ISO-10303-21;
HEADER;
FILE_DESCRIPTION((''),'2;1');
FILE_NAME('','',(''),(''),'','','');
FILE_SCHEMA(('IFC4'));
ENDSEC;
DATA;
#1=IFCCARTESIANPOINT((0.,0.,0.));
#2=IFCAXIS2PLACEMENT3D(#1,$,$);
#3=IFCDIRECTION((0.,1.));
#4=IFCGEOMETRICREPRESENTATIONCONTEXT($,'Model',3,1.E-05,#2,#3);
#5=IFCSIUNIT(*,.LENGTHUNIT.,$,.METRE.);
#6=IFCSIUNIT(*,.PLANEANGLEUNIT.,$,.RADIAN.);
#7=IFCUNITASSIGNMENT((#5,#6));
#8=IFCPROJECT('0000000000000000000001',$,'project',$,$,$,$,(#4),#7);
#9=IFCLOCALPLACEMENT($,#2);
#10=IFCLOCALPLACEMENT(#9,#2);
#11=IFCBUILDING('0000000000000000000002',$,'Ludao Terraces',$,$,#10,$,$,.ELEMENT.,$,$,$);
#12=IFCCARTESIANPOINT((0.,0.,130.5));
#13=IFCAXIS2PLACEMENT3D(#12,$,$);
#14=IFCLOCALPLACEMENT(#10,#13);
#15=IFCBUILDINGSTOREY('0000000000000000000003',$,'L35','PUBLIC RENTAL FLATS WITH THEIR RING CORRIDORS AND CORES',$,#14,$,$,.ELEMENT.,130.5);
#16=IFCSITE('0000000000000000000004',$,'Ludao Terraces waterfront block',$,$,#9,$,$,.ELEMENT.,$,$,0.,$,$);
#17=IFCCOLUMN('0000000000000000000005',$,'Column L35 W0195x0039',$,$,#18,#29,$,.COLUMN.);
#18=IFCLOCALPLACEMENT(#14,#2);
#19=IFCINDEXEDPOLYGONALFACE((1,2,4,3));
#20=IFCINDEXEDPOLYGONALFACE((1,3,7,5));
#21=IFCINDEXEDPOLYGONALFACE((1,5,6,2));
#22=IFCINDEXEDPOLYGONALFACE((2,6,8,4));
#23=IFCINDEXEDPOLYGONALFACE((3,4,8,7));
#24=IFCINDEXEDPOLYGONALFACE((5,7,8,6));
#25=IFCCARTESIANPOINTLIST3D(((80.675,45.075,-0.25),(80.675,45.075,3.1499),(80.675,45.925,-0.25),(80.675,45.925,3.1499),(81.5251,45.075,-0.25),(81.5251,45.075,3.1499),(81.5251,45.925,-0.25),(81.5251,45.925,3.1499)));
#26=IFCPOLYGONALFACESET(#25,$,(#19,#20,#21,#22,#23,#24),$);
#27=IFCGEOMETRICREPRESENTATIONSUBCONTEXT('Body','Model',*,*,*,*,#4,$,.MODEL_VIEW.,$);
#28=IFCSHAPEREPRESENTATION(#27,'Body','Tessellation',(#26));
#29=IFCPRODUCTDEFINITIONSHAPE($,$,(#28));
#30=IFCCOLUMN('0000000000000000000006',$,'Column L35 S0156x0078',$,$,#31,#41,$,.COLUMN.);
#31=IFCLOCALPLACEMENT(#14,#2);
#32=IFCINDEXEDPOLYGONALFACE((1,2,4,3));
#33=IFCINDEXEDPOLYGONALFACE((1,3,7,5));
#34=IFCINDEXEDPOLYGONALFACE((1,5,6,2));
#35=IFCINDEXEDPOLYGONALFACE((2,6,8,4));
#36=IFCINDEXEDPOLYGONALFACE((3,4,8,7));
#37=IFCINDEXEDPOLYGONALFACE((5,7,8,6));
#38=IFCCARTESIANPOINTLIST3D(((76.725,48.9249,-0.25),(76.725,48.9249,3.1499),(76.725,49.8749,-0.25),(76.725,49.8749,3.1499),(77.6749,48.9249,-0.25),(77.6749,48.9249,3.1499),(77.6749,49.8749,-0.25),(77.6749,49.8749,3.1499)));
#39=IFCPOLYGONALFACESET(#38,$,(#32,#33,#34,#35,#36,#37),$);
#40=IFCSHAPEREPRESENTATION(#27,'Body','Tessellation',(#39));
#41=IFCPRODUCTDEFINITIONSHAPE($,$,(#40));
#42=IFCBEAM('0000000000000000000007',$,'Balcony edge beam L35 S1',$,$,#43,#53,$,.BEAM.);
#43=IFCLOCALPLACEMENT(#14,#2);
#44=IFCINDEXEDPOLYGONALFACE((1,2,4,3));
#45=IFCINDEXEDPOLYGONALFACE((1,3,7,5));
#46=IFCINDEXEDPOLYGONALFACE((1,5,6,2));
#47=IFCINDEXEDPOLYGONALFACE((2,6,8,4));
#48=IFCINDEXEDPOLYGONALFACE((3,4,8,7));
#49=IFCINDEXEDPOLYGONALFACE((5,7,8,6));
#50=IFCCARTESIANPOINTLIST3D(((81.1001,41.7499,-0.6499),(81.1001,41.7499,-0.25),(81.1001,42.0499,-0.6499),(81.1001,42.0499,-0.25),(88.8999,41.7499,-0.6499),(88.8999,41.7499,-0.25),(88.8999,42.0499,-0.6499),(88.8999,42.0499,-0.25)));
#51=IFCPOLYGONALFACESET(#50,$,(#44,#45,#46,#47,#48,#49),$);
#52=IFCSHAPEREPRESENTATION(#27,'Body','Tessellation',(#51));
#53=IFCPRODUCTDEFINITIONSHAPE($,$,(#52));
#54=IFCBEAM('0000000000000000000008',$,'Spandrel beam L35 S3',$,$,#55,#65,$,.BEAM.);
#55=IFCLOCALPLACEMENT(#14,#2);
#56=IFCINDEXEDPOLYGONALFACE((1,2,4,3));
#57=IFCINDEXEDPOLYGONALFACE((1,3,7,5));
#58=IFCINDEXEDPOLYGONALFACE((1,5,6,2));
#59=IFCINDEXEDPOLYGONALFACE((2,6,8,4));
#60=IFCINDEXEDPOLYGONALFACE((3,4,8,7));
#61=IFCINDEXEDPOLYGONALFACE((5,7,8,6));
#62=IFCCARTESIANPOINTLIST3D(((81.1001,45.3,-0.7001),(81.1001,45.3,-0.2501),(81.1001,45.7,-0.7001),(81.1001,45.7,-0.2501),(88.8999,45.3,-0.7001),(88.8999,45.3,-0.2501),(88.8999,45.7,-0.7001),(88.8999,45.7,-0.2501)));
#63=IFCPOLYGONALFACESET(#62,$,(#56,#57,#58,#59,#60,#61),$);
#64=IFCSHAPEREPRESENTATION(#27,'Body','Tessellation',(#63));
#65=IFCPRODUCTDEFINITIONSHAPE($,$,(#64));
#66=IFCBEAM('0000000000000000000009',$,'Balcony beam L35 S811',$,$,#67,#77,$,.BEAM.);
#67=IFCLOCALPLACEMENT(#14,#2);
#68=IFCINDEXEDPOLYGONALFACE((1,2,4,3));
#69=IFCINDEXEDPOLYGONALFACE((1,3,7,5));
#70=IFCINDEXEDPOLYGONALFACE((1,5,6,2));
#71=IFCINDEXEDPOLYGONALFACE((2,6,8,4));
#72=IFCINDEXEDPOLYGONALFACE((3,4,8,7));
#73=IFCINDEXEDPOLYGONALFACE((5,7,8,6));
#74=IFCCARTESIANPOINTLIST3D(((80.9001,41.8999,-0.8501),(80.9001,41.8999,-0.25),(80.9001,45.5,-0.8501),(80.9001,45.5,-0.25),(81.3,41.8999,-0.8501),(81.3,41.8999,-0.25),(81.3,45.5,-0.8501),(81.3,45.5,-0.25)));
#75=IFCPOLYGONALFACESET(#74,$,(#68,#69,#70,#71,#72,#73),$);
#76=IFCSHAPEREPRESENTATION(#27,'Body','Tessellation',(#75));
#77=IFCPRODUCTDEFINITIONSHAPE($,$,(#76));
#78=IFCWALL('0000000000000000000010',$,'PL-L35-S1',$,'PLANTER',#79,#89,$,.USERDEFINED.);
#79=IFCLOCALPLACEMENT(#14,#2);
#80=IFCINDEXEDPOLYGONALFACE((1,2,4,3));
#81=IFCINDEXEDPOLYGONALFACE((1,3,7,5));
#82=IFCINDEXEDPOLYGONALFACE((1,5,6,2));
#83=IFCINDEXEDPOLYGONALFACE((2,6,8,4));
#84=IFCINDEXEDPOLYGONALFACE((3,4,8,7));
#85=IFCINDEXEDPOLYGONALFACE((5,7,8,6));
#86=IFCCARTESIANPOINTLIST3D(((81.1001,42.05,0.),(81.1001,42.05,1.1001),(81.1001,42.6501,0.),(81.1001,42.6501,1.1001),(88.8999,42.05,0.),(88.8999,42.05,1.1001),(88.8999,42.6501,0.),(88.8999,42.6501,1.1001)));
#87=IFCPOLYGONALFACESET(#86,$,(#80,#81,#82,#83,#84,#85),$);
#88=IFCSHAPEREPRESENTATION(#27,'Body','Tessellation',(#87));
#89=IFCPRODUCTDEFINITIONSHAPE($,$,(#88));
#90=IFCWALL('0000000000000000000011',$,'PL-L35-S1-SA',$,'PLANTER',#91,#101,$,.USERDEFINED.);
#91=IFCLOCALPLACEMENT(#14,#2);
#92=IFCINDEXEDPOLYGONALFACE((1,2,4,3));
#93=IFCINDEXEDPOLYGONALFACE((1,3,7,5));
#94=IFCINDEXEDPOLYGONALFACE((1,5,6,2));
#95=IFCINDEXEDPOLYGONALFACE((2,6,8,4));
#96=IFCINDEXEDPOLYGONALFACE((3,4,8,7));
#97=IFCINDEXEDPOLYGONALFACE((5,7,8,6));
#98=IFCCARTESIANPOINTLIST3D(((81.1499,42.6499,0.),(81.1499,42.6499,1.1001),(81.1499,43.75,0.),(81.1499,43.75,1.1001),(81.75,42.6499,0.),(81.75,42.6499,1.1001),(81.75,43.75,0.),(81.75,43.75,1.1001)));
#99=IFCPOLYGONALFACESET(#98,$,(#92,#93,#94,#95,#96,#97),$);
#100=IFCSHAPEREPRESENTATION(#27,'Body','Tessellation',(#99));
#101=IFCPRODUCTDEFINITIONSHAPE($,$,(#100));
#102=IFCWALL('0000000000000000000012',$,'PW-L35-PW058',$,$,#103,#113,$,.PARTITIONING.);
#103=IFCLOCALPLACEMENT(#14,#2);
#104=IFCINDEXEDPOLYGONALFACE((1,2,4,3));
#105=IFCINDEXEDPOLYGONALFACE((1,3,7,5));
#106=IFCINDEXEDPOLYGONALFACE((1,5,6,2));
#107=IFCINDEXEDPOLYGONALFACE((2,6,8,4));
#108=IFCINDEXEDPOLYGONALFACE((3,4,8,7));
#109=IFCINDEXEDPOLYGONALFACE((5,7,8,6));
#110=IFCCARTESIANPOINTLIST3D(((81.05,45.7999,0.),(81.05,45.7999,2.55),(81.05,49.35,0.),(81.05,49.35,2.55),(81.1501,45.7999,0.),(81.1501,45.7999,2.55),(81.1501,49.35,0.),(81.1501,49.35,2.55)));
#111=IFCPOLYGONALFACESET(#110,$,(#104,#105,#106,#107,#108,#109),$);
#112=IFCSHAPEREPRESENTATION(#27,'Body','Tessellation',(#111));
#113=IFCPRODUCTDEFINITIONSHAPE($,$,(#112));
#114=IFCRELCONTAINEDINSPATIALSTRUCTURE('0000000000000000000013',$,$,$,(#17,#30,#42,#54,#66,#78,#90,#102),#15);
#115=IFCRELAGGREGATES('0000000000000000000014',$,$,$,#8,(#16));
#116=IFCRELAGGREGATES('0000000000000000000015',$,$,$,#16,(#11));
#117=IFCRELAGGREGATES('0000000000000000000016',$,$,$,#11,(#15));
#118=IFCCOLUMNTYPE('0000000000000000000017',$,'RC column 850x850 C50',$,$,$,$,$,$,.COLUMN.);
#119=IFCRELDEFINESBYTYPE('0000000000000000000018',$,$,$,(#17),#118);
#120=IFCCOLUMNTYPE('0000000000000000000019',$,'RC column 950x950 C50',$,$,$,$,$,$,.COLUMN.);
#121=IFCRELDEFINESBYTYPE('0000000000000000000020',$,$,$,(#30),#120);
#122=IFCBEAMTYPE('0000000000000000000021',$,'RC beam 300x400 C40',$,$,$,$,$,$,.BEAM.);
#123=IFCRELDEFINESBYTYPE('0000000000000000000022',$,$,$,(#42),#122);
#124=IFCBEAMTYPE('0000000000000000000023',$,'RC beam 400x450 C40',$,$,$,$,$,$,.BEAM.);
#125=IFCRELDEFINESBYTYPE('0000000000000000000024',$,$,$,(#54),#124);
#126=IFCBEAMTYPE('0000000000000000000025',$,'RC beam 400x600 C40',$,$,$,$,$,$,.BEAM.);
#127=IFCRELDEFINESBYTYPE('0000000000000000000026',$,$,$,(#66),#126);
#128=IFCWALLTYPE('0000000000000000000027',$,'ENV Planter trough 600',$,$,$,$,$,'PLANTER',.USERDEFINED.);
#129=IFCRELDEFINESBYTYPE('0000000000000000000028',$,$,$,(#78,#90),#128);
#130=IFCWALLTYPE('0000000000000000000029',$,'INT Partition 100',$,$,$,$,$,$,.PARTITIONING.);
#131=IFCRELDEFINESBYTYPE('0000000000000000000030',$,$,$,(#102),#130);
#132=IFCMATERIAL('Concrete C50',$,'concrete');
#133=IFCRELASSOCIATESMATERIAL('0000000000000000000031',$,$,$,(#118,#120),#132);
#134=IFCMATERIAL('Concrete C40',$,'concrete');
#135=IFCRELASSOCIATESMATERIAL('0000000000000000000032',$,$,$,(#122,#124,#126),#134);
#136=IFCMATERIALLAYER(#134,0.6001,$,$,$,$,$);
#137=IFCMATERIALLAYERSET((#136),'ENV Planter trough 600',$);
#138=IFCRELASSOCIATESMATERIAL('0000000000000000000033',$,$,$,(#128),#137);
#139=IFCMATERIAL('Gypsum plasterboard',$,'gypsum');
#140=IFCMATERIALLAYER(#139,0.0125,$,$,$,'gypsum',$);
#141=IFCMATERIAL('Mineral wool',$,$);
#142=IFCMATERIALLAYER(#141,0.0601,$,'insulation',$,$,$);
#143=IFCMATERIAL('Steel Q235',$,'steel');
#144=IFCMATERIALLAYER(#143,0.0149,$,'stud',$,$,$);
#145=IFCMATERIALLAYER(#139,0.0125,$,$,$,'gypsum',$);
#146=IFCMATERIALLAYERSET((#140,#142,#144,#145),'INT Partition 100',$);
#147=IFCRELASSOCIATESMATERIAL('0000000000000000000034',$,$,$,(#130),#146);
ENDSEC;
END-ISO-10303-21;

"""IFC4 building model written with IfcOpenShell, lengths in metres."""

from ifc_helpers import new_model, si_unit, direction, frame, frame_2d, origin, origin_2d, place, context, subcontext, project, spatial, rectangle, extrude, material, layer, layer_set, material_profile, profile_set, type_object, element, save


model = new_model("IFC4")

# Units and contexts
model_context = context("Model", 3, precision=1e-05, world=origin(), true_north=direction((0.0, 1.0)))
body_context = subcontext(model_context, "Body", "Model", "MODEL_VIEW")
ifc_project = project(units=[si_unit("LENGTHUNIT", "METRE"), si_unit("PLANEANGLEUNIT", "RADIAN")], contexts=[model_context])

# Site, building, storey
site_placement = place(None, origin())
site = spatial("IfcSite", under=ifc_project, at=site_placement, Name="Ludao Terraces waterfront block", CompositionType="ELEMENT", RefElevation=0.0)
building_placement = place(site_placement, origin())
building = spatial("IfcBuilding", under=site, at=building_placement, Name="Ludao Terraces", CompositionType="ELEMENT")
storey_placement = place(building_placement, frame((0.0, 0.0, 130.5)))
storey = spatial("IfcBuildingStorey", under=building, at=storey_placement, Name="L35", Description="PUBLIC RENTAL FLATS WITH THEIR RING CORRIDORS AND CORES", CompositionType="ELEMENT", Elevation=130.5)

# Columns
ifc_material_1 = material(Name="Concrete C50", Category="concrete")
ifc_material_profile_1 = material_profile(ifc_material_1, rectangle(XDim=0.8501, YDim=0.8501, at=origin_2d()), Name="850 X 850")
ifc_profile_set_1 = profile_set([ifc_material_profile_1], Name="Concrete C50")
column_type_1 = type_object("IfcColumnType", Name="RC column 850x850 C50", PredefinedType="COLUMN", material=ifc_profile_set_1)
column_1_placement = place(storey_placement, frame((81.1001, 45.5, -0.25), z_axis=(0.0, 0.0, 1.0), x_axis=(1.0, 0.0, 0.0)))
element("IfcColumn", 1, at=column_1_placement, inside=storey, type_object=column_type_1, Name="Column L35 W0195x0039", PredefinedType="COLUMN", context=body_context, shape_type="SweptSolid", body=[
    extrude(rectangle(XDim=0.8501, YDim=0.8501, at=origin_2d()), origin(), (0.0, 0.0, 1.0), 3.3999),
])
ifc_material_profile_2 = material_profile(ifc_material_1, rectangle(XDim=0.95, YDim=0.95, at=origin_2d()), Name="950 X 950")
ifc_profile_set_2 = profile_set([ifc_material_profile_2], Name="Concrete C50")
column_type_2 = type_object("IfcColumnType", Name="RC column 950x950 C50", PredefinedType="COLUMN", material=ifc_profile_set_2)
column_2_placement = place(storey_placement, frame((77.2, 49.3999, -0.25), z_axis=(0.0, 0.0, 1.0), x_axis=(1.0, 0.0, 0.0)))
element("IfcColumn", 2, at=column_2_placement, inside=storey, type_object=column_type_2, Name="Column L35 S0156x0078", PredefinedType="COLUMN", context=body_context, shape_type="SweptSolid", body=[
    extrude(rectangle(XDim=0.95, YDim=0.95, at=origin_2d()), origin(), (0.0, 0.0, 1.0), 3.3999),
])

# Beams
ifc_material_2 = material(Name="Concrete C40", Category="concrete")
ifc_material_profile_3 = material_profile(ifc_material_2, rectangle(XDim=0.3, YDim=0.3999, at=origin_2d()), Name="300 X 400")
ifc_profile_set_3 = profile_set([ifc_material_profile_3], Name="Concrete C40")
beam_type_1 = type_object("IfcBeamType", Name="RC beam 300x400 C40", PredefinedType="BEAM", material=ifc_profile_set_3)
beam_1_placement = place(storey_placement, frame((81.1001, 41.8999, -0.45), z_axis=(1.0, 0.0, 0.0), x_axis=(0.0, 1.0, 0.0)))
element("IfcBeam", 3, at=beam_1_placement, inside=storey, type_object=beam_type_1, Name="Balcony edge beam L35 S1", PredefinedType="BEAM", context=body_context, shape_type="SweptSolid", body=[
    extrude(rectangle(XDim=0.3, YDim=0.3999, at=origin_2d()), origin(), (0.0, 0.0, 1.0), 7.7998),
])
ifc_material_profile_4 = material_profile(ifc_material_2, rectangle(XDim=0.3999, YDim=0.45, at=origin_2d()), Name="400 X 450")
ifc_profile_set_4 = profile_set([ifc_material_profile_4], Name="Concrete C40")
beam_type_2 = type_object("IfcBeamType", Name="RC beam 400x450 C40", PredefinedType="BEAM", material=ifc_profile_set_4)
beam_2_placement = place(storey_placement, frame((81.1001, 45.5, -0.4751), z_axis=(1.0, 0.0, 0.0), x_axis=(0.0, 1.0, 0.0)))
element("IfcBeam", 4, at=beam_2_placement, inside=storey, type_object=beam_type_2, Name="Spandrel beam L35 S3", PredefinedType="BEAM", context=body_context, shape_type="SweptSolid", body=[
    extrude(rectangle(XDim=0.3999, YDim=0.45, at=origin_2d()), origin(), (0.0, 0.0, 1.0), 7.7998),
])
ifc_material_profile_5 = material_profile(ifc_material_2, rectangle(XDim=0.3999, YDim=0.6001, at=origin_2d()), Name="400 X 600")
ifc_profile_set_5 = profile_set([ifc_material_profile_5], Name="Concrete C40")
beam_type_3 = type_object("IfcBeamType", Name="RC beam 400x600 C40", PredefinedType="BEAM", material=ifc_profile_set_5)
beam_3_placement = place(storey_placement, frame((81.1001, 45.5, -0.55), z_axis=(0.0, -1.0, 0.0), x_axis=(1.0, 0.0, 0.0)))
element("IfcBeam", 5, at=beam_3_placement, inside=storey, type_object=beam_type_3, Name="Balcony beam L35 S811", PredefinedType="BEAM", context=body_context, shape_type="SweptSolid", body=[
    extrude(rectangle(XDim=0.3999, YDim=0.6001, at=origin_2d()), origin(), (0.0, 0.0, 1.0), 3.6001),
])

# Walls
ifc_layer_1 = layer(ifc_material_2, 0.6001)
ifc_layer_set_1 = layer_set([ifc_layer_1], Name="ENV Planter trough 600")
wall_type_1 = type_object("IfcWallType", Name="ENV Planter trough 600", ElementType="PLANTER", PredefinedType="USERDEFINED", material=ifc_layer_set_1)
wall_1_placement = place(storey_placement, frame((81.1001, 42.3501, 0.0), z_axis=(0.0, 0.0, 1.0), x_axis=(1.0, 0.0, 0.0)))
element("IfcWall", 6, at=wall_1_placement, inside=storey, type_object=wall_type_1, Name="PL-L35-S1", ObjectType="PLANTER", PredefinedType="USERDEFINED", context=body_context, shape_type="SweptSolid", body=[
    extrude(rectangle(XDim=7.7998, YDim=0.6001, at=frame_2d((3.8999, 0.0))), origin(), (0.0, 0.0, 1.0), 1.1001),
])
wall_2_placement = place(storey_placement, frame((81.45, 42.6499, 0.0), z_axis=(0.0, 0.0, 1.0), x_axis=(0.0, 1.0, 0.0)))
element("IfcWall", 7, at=wall_2_placement, inside=storey, type_object=wall_type_1, Name="PL-L35-S1-SA", ObjectType="PLANTER", PredefinedType="USERDEFINED", context=body_context, shape_type="SweptSolid", body=[
    extrude(rectangle(XDim=1.1001, YDim=0.6001, at=frame_2d((0.55, 0.0))), origin(), (0.0, 0.0, 1.0), 1.1001),
])

# Shared definitions
ifc_material_3 = material(Name="Mineral wool")

# Wall
ifc_material_4 = material(Name="Gypsum plasterboard", Category="gypsum")
ifc_layer_2 = layer(ifc_material_4, 0.0125, Category="gypsum")
ifc_layer_3 = layer(ifc_material_3, 0.0601, Name="insulation")
ifc_material_5 = material(Name="Steel Q235", Category="steel")
ifc_layer_4 = layer(ifc_material_5, 0.0149, Name="stud")
ifc_layer_5 = layer(ifc_material_4, 0.0125, Category="gypsum")
ifc_layer_set_2 = layer_set([ifc_layer_2, ifc_layer_3, ifc_layer_4, ifc_layer_5], Name="INT Partition 100")
wall_type_2 = type_object("IfcWallType", Name="INT Partition 100", PredefinedType="PARTITIONING", material=ifc_layer_set_2)
wall_3_placement = place(storey_placement, frame((81.1001, 45.8, 0.0), z_axis=(0.0, 0.0, 1.0), x_axis=(0.0, 1.0, 0.0)))
element("IfcWall", 8, at=wall_3_placement, inside=storey, type_object=wall_type_2, Name="PW-L35-PW058", PredefinedType="PARTITIONING", context=body_context, shape_type="SweptSolid", body=[
    extrude(rectangle(XDim=3.55, YDim=0.1001, at=frame_2d((1.7749, 0.0))), origin(), (0.0, 0.0, 1.0), 2.55),
])

save(model, "model.ifc")
